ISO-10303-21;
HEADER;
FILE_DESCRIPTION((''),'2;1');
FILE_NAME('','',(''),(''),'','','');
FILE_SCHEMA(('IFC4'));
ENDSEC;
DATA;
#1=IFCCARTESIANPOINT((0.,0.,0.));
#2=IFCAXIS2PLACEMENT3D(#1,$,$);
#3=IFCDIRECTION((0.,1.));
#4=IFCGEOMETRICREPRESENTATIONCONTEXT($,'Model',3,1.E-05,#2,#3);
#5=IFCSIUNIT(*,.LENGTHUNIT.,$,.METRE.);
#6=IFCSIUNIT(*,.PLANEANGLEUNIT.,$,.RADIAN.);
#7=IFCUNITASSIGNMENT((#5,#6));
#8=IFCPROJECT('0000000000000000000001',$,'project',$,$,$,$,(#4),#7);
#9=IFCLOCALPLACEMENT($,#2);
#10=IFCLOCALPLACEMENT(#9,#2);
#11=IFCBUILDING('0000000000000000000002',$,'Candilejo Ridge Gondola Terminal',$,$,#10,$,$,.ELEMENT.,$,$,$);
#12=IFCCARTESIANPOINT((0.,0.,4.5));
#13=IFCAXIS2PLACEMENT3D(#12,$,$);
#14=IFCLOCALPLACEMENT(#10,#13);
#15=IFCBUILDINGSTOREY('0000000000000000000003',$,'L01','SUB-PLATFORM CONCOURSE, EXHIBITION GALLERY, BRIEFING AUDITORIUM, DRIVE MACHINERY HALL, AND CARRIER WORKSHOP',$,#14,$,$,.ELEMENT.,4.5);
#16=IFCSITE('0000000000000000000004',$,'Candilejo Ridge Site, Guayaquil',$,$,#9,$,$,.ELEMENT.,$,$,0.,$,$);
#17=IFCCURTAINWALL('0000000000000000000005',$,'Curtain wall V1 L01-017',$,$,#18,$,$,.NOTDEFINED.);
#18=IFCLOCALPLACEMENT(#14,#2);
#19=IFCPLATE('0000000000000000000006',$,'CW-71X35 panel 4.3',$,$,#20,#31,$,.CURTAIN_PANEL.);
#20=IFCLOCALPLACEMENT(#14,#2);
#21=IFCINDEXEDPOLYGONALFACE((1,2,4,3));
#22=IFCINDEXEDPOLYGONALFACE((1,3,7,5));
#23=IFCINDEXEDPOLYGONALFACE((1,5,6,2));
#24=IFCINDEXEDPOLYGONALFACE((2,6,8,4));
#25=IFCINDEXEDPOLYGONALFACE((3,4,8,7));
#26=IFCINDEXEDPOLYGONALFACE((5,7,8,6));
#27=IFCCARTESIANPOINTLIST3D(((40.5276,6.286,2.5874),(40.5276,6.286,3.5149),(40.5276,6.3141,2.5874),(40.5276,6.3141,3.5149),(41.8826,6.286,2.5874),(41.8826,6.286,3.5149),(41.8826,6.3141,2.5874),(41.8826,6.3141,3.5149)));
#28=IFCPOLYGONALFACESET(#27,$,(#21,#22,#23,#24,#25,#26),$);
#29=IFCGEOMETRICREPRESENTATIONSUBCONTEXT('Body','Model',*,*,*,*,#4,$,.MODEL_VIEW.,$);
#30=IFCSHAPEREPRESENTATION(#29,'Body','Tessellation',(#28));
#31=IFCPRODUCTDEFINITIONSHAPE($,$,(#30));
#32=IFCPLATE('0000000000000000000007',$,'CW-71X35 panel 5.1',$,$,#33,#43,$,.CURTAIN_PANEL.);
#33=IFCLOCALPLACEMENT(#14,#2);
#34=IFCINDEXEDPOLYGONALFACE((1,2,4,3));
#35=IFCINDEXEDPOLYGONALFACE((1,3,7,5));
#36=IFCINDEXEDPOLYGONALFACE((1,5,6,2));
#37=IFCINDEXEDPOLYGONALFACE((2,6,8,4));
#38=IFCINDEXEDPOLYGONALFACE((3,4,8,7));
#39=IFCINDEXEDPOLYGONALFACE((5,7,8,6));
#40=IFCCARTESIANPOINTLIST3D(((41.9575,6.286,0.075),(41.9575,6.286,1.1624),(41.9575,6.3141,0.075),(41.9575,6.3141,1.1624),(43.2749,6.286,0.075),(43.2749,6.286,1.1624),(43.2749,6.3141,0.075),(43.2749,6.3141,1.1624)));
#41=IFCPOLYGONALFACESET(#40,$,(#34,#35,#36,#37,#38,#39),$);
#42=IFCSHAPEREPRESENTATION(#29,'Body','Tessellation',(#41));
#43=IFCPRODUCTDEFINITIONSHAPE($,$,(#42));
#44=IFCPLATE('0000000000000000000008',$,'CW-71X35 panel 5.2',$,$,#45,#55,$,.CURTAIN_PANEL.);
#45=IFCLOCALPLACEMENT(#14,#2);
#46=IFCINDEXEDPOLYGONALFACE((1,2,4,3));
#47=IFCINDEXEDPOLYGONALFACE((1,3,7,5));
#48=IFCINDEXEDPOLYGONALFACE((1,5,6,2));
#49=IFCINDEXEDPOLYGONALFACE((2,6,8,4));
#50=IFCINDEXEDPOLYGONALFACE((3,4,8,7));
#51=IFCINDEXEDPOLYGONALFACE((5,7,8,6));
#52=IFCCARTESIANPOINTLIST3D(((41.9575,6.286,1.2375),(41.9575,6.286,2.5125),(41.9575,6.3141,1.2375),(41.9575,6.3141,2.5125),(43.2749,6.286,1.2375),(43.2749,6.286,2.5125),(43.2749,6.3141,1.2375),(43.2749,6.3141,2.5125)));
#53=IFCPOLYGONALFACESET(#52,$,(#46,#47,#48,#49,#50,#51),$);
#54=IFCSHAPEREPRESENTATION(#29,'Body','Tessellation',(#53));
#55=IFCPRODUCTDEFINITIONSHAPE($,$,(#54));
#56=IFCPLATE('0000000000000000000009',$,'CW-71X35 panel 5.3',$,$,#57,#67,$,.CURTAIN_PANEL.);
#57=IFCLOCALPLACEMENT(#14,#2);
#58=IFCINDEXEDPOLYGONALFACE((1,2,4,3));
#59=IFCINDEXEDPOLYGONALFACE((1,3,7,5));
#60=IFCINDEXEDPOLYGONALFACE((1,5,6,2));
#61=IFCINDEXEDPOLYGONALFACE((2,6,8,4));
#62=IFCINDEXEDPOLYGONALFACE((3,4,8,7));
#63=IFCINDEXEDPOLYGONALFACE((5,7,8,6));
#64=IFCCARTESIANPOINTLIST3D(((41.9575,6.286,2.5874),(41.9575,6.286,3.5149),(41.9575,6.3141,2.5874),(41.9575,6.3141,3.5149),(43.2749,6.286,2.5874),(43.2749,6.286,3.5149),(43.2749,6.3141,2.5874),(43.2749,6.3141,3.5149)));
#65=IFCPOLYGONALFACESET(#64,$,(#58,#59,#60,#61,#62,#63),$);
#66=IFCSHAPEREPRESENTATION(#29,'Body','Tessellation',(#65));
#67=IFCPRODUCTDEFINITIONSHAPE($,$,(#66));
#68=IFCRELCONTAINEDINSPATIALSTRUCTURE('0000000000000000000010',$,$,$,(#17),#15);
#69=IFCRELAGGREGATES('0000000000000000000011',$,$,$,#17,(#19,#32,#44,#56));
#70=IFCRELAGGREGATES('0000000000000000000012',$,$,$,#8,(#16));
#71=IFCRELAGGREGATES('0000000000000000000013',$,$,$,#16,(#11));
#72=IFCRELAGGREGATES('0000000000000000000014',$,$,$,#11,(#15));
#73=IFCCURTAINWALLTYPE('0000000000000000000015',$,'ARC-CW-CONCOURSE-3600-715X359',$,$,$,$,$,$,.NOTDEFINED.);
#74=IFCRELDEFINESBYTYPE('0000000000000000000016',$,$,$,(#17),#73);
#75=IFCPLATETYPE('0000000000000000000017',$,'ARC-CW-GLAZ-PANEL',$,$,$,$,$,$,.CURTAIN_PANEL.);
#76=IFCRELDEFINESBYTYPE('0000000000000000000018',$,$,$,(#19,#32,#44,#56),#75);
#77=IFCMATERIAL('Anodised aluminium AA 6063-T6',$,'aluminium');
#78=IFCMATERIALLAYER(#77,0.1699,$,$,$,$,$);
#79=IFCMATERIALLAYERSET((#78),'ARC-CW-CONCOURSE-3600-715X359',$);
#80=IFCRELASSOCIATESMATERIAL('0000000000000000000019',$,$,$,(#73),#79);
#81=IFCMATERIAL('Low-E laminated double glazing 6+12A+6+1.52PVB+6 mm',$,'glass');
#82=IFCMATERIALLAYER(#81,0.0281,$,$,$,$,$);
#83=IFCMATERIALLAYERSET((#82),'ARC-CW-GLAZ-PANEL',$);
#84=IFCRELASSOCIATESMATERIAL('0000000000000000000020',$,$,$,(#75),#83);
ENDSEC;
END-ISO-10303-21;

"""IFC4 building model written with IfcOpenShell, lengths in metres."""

from ifc_helpers import new_model, si_unit, direction, frame, origin, origin_2d, place, context, subcontext, project, spatial, rectangle, extrude, material, layer, layer_set, type_object, element, aggregate, save


model = new_model("IFC4")

# Units and contexts
model_context = context("Model", 3, precision=1e-05, world=origin(), true_north=direction((0.0, 1.0)))
body_context = subcontext(model_context, "Body", "Model", "MODEL_VIEW")
ifc_project = project(units=[si_unit("LENGTHUNIT", "METRE"), si_unit("PLANEANGLEUNIT", "RADIAN")], contexts=[model_context])

# Site, building, storey
site_placement = place(None, origin())
site = spatial("IfcSite", under=ifc_project, at=site_placement, Name="Candilejo Ridge Site, Guayaquil", CompositionType="ELEMENT", RefElevation=0.0)
building_placement = place(site_placement, origin())
building = spatial("IfcBuilding", under=site, at=building_placement, Name="Candilejo Ridge Gondola Terminal", CompositionType="ELEMENT")
storey_placement = place(building_placement, frame((0.0, 0.0, 4.5)))
storey = spatial("IfcBuildingStorey", under=building, at=storey_placement, Name="L01", Description="SUB-PLATFORM CONCOURSE, EXHIBITION GALLERY, BRIEFING AUDITORIUM, DRIVE MACHINERY HALL, AND CARRIER WORKSHOP", CompositionType="ELEMENT", Elevation=4.5)

# Curtain wall
ifc_material_1 = material(Name="Anodised aluminium AA 6063-T6", Category="aluminium")
ifc_layer_1 = layer(ifc_material_1, 0.1699)
ifc_layer_set_1 = layer_set([ifc_layer_1], Name="ARC-CW-CONCOURSE-3600-715X359")
curtain_wall_type_1 = type_object("IfcCurtainWallType", Name="ARC-CW-CONCOURSE-3600-715X359", PredefinedType="NOTDEFINED", material=ifc_layer_set_1)
curtain_wall_1_placement = place(storey_placement, origin())
curtain_wall_1 = element("IfcCurtainWall", 1, at=curtain_wall_1_placement, inside=storey, type_object=curtain_wall_type_1, Name="Curtain wall V1 L01-017", PredefinedType="NOTDEFINED")

# Plates
ifc_material_2 = material(Name="Low-E laminated double glazing 6+12A+6+1.52PVB+6 mm", Category="glass")
ifc_layer_2 = layer(ifc_material_2, 0.0281)
ifc_layer_set_2 = layer_set([ifc_layer_2], Name="ARC-CW-GLAZ-PANEL")
plate_type = type_object("IfcPlateType", Name="ARC-CW-GLAZ-PANEL", PredefinedType="CURTAIN_PANEL", material=ifc_layer_set_2)
plate_1_placement = place(storey_placement, frame((41.2051, 6.3, 2.5874), z_axis=(0.0, 0.0, 1.0), x_axis=(1.0, 0.0, 0.0)))
plate_1 = element("IfcPlate", 2, at=plate_1_placement, type_object=plate_type, Name="CW-71X35 panel 4.3", PredefinedType="CURTAIN_PANEL", context=body_context, shape_type="SweptSolid", body=[
    extrude(rectangle(XDim=1.355, YDim=0.0281, at=origin_2d()), origin(), (0.0, 0.0, 1.0), 0.9275),
])
plate_2_placement = place(storey_placement, frame((42.6162, 6.3, 0.075), z_axis=(0.0, 0.0, 1.0), x_axis=(1.0, 0.0, 0.0)))
plate_2 = element("IfcPlate", 3, at=plate_2_placement, type_object=plate_type, Name="CW-71X35 panel 5.1", PredefinedType="CURTAIN_PANEL", context=body_context, shape_type="SweptSolid", body=[
    extrude(rectangle(XDim=1.3174, YDim=0.0281, at=origin_2d()), origin(), (0.0, 0.0, 1.0), 1.0874),
])
plate_3_placement = place(storey_placement, frame((42.6162, 6.3, 1.2375), z_axis=(0.0, 0.0, 1.0), x_axis=(1.0, 0.0, 0.0)))
plate_3 = element("IfcPlate", 4, at=plate_3_placement, type_object=plate_type, Name="CW-71X35 panel 5.2", PredefinedType="CURTAIN_PANEL", context=body_context, shape_type="SweptSolid", body=[
    extrude(rectangle(XDim=1.3174, YDim=0.0281, at=origin_2d()), origin(), (0.0, 0.0, 1.0), 1.2749),
])
plate_4_placement = place(storey_placement, frame((42.6162, 6.3, 2.5874), z_axis=(0.0, 0.0, 1.0), x_axis=(1.0, 0.0, 0.0)))
plate_4 = element("IfcPlate", 5, at=plate_4_placement, type_object=plate_type, Name="CW-71X35 panel 5.3", PredefinedType="CURTAIN_PANEL", context=body_context, shape_type="SweptSolid", body=[
    extrude(rectangle(XDim=1.3174, YDim=0.0281, at=origin_2d()), origin(), (0.0, 0.0, 1.0), 0.9275),
])
aggregate(curtain_wall_1, [plate_1, plate_2, plate_3, plate_4])

save(model, "model.ifc")
